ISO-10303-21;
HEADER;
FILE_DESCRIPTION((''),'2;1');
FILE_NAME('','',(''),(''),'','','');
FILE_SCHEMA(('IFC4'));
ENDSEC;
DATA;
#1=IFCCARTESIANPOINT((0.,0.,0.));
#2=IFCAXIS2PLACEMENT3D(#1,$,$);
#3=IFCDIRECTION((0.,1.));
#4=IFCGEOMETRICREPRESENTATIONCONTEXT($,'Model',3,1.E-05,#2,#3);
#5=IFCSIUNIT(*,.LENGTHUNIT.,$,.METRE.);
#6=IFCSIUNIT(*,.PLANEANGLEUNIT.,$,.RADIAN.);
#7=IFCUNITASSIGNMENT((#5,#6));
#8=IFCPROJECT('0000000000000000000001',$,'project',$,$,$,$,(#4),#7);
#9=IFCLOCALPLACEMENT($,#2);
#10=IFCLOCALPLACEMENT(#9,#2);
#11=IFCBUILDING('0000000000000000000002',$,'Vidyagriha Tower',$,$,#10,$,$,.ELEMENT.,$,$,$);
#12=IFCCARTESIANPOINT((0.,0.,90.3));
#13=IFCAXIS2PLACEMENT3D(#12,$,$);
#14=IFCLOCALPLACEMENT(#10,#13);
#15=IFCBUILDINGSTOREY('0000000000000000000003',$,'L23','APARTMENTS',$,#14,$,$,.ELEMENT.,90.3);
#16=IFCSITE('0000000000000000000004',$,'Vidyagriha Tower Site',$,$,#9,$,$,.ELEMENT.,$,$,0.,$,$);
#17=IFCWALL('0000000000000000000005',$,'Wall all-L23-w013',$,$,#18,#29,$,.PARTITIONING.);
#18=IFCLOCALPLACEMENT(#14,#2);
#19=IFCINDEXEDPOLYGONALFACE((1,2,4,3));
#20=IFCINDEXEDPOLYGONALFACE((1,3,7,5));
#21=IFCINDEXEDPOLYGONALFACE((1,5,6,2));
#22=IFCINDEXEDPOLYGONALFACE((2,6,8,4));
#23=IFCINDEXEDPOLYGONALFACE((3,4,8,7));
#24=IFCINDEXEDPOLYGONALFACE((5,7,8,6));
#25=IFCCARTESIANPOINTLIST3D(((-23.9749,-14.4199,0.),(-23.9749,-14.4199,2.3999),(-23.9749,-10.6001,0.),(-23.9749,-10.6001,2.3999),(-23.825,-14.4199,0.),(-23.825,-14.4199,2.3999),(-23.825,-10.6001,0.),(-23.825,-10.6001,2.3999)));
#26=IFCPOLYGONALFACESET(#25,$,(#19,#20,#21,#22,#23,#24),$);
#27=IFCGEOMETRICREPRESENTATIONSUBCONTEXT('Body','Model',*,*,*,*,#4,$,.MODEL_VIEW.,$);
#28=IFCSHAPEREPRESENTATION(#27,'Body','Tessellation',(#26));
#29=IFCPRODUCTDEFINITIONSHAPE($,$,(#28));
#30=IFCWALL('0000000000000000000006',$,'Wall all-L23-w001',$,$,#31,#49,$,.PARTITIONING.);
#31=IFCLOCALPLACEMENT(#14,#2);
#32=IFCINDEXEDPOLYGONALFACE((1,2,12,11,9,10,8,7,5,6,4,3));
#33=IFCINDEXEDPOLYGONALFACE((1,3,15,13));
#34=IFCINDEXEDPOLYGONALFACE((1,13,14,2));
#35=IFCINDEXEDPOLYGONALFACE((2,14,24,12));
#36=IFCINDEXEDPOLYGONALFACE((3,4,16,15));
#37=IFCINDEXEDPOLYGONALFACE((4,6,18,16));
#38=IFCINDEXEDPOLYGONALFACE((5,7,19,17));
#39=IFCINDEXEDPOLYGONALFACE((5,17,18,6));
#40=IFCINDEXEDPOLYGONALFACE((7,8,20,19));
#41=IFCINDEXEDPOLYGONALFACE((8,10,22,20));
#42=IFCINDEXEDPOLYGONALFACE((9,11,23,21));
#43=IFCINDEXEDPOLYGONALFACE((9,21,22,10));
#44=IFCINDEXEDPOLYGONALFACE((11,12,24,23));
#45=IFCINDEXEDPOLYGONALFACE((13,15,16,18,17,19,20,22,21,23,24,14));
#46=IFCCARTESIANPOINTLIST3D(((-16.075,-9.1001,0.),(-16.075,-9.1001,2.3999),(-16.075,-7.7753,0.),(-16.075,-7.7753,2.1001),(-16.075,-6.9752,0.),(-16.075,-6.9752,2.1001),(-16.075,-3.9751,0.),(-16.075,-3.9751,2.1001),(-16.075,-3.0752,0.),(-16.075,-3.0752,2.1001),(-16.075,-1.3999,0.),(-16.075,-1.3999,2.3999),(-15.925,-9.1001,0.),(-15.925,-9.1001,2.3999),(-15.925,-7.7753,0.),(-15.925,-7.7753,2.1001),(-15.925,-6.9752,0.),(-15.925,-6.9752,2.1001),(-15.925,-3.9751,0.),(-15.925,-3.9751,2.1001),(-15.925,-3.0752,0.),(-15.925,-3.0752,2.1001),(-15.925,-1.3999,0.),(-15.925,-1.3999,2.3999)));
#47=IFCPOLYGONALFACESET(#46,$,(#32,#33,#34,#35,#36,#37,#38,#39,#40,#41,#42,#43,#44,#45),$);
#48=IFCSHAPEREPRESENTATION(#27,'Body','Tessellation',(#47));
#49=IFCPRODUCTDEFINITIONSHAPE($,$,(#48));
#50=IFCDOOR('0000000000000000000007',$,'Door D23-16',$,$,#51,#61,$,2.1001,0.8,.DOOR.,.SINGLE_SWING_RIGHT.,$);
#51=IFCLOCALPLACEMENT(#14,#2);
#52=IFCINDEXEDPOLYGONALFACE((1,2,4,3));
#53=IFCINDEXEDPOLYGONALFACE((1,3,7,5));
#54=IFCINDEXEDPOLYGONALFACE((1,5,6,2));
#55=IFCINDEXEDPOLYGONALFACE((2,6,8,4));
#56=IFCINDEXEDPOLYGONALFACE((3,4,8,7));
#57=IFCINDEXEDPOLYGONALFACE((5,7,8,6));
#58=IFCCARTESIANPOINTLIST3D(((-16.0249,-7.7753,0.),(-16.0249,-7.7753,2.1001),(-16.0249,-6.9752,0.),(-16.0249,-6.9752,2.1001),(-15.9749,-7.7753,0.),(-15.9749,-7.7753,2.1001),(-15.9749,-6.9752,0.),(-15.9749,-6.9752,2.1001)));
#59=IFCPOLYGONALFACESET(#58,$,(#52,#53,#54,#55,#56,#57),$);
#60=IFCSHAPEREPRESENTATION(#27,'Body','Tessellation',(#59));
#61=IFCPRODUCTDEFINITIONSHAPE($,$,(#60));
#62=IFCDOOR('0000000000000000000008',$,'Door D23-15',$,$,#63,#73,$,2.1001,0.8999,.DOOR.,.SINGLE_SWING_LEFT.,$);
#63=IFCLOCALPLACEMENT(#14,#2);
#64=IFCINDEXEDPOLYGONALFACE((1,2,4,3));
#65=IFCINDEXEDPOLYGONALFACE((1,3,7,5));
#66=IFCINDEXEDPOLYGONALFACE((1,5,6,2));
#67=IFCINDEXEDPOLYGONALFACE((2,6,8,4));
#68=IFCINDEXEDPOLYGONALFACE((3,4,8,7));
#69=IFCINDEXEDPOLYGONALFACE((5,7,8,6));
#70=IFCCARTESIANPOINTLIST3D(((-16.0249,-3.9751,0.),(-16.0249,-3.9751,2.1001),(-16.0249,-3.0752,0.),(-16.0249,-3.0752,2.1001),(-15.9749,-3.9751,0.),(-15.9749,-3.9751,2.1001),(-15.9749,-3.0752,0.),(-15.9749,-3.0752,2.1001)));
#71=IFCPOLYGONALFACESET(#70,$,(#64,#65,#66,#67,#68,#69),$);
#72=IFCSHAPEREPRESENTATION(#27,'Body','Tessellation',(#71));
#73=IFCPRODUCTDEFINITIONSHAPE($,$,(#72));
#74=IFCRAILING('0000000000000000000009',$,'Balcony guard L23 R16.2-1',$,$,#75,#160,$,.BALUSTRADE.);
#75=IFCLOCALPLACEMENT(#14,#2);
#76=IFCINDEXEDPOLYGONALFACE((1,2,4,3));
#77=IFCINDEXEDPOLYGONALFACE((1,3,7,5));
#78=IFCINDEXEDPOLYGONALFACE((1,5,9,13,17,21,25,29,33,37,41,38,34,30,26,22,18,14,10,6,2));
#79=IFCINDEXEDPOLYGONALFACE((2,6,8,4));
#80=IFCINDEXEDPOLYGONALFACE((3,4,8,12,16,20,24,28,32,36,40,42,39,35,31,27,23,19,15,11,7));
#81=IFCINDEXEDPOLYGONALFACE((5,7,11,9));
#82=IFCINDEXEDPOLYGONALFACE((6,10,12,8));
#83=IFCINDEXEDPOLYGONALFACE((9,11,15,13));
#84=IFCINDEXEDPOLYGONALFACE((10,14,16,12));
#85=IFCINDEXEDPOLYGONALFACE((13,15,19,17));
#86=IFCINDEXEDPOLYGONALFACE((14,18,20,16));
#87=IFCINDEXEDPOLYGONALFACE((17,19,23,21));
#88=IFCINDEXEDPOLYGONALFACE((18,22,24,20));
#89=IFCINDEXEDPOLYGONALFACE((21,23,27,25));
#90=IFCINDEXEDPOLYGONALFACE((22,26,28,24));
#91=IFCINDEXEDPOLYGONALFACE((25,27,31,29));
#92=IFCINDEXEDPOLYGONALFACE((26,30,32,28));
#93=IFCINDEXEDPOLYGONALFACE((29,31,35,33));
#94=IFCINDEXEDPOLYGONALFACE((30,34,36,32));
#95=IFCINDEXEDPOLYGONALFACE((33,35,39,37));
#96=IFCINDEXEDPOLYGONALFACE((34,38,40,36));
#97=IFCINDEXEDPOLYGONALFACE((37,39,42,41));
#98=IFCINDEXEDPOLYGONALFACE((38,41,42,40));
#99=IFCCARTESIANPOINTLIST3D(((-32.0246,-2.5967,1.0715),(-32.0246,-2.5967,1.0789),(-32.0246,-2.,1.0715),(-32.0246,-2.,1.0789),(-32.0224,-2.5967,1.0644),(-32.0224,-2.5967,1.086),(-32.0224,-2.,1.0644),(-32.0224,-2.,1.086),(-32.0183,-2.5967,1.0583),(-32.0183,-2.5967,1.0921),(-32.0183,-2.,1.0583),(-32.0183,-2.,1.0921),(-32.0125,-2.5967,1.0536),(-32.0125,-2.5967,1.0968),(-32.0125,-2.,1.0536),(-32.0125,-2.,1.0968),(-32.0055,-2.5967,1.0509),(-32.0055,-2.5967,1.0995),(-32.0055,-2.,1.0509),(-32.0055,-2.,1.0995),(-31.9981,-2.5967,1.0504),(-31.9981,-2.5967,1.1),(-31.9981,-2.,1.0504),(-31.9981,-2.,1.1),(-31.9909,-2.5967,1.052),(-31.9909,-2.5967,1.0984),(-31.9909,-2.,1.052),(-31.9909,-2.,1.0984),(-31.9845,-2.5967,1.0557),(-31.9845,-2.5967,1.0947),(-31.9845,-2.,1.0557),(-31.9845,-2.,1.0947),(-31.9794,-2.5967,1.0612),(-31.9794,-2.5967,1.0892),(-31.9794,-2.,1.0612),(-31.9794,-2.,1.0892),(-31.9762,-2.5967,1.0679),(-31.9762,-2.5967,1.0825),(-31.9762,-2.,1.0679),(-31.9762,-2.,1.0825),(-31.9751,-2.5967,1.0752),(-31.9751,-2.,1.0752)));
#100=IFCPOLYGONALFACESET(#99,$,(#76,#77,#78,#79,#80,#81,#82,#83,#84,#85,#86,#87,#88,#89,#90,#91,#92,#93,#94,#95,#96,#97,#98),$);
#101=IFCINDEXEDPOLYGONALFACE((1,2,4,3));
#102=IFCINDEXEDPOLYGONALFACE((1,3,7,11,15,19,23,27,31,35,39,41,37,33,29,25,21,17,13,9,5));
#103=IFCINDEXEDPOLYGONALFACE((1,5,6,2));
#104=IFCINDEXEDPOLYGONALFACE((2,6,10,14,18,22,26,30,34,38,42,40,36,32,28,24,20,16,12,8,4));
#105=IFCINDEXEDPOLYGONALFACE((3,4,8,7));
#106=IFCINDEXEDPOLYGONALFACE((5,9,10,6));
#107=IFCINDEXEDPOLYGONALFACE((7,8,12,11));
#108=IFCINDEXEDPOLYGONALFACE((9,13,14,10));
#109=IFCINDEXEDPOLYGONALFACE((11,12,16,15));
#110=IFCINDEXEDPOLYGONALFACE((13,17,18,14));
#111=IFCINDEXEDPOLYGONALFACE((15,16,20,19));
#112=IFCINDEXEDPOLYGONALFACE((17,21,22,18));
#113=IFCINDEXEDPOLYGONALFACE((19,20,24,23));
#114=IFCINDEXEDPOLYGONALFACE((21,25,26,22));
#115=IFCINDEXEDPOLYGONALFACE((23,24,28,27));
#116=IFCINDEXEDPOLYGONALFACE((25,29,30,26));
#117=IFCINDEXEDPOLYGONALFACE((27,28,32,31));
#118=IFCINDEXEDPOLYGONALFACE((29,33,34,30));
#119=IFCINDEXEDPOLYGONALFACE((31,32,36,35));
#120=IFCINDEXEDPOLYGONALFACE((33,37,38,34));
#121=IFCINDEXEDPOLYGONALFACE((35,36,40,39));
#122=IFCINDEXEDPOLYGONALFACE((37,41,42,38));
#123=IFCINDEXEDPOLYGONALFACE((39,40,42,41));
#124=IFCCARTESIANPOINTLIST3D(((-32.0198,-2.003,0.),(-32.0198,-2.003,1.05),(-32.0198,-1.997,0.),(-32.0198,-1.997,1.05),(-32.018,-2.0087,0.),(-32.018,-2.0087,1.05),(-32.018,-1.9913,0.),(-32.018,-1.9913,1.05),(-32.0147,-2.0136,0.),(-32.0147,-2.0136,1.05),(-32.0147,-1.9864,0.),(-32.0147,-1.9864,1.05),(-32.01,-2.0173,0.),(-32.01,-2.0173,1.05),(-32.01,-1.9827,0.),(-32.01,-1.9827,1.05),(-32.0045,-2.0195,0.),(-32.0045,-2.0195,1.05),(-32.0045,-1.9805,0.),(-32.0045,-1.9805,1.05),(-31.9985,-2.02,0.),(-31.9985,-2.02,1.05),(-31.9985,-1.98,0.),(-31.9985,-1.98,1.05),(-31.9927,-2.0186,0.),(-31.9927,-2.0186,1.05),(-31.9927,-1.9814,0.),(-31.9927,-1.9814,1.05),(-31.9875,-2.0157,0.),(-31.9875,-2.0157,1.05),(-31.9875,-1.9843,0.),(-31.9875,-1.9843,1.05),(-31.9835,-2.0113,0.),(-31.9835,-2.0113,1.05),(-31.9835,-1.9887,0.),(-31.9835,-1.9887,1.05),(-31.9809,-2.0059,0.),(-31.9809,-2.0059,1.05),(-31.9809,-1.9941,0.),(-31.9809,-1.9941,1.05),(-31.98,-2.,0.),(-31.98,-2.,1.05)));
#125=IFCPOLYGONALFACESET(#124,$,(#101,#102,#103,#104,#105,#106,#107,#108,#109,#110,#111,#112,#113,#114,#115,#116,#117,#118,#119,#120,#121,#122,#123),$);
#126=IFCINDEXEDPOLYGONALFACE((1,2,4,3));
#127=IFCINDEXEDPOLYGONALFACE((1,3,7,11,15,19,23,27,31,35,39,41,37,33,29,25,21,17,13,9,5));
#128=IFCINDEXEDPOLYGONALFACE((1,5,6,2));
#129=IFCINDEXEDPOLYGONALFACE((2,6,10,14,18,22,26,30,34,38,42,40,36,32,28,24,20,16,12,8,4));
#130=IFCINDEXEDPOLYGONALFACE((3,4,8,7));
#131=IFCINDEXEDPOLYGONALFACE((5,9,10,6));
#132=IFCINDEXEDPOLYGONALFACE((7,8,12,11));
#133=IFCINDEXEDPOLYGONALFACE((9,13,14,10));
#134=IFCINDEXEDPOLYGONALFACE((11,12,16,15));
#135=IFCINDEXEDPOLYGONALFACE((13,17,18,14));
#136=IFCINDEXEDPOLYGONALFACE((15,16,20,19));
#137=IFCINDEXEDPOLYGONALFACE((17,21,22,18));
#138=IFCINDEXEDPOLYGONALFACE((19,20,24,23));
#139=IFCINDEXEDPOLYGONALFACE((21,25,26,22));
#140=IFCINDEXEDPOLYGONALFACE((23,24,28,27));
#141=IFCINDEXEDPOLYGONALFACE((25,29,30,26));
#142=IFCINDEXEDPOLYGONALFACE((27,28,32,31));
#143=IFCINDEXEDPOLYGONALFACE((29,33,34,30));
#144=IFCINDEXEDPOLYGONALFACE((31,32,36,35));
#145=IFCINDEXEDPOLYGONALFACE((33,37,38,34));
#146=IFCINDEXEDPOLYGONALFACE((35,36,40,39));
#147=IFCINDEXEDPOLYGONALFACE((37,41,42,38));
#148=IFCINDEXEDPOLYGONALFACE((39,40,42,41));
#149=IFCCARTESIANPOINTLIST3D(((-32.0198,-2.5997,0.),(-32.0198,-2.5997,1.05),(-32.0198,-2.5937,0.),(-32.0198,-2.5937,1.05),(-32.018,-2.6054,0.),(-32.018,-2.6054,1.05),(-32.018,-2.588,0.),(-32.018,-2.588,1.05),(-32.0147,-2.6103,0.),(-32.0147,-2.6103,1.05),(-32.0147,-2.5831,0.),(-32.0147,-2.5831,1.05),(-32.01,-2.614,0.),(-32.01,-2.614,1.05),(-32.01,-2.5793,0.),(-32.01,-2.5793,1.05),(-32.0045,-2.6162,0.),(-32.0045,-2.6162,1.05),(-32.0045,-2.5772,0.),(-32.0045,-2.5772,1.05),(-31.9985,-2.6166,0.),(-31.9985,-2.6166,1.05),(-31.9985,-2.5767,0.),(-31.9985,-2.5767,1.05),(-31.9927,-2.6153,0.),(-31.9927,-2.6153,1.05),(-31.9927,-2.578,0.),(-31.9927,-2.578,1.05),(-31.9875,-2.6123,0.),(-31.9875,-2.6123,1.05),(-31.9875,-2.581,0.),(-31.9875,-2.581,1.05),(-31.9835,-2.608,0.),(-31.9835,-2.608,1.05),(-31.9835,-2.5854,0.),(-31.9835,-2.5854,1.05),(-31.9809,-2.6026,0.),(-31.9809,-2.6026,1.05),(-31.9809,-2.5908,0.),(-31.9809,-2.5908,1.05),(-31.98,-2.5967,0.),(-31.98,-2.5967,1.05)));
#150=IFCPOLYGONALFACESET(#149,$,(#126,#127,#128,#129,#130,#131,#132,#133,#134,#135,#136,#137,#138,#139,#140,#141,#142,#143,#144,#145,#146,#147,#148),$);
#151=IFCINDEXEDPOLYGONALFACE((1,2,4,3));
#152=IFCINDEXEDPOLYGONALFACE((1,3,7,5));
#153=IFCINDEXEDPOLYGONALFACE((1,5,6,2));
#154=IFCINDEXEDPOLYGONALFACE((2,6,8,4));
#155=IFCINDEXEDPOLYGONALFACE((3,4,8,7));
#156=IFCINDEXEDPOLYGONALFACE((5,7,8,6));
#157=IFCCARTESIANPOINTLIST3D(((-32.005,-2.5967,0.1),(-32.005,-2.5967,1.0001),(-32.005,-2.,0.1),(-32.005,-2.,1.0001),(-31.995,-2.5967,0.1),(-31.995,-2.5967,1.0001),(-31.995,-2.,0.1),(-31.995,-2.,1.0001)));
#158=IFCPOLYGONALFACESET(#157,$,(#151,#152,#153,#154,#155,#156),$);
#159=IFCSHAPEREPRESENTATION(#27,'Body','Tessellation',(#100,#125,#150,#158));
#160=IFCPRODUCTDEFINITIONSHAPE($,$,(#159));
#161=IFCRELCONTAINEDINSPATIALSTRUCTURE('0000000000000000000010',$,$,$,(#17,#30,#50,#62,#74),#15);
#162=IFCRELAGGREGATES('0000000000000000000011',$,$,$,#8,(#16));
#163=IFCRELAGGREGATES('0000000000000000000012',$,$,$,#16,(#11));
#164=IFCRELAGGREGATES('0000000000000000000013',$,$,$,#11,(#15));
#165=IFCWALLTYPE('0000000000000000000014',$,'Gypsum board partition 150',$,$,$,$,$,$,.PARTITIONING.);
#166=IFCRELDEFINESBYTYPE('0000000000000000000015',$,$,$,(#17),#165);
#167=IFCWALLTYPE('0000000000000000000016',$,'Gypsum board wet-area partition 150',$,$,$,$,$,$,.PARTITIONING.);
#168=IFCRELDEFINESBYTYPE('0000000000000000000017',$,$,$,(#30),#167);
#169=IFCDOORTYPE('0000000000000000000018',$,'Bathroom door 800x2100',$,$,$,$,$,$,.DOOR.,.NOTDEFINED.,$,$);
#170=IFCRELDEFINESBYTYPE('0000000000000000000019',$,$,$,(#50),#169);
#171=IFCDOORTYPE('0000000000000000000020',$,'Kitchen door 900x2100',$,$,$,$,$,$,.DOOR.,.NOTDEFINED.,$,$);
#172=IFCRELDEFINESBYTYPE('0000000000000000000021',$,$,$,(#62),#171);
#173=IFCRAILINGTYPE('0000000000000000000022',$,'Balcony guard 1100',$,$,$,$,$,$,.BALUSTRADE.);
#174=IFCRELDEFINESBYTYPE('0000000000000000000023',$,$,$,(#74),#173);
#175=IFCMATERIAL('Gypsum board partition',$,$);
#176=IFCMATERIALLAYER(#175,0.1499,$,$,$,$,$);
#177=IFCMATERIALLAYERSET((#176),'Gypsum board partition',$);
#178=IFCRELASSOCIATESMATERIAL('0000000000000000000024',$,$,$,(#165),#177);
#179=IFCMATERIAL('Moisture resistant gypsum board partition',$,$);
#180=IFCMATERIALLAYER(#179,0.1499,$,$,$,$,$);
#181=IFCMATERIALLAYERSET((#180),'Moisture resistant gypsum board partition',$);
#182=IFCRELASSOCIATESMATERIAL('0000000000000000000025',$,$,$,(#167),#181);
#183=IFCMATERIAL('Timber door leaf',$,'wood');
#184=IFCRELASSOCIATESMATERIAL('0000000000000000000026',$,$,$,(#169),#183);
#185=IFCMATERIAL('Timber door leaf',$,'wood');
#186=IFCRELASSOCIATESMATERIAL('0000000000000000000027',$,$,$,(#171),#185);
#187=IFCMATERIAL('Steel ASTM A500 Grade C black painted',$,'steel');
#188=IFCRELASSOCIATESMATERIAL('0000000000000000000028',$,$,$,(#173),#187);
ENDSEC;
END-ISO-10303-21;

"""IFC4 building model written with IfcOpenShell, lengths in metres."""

from ifc_helpers import new_model, si_unit, direction, frame, frame_2d, origin, origin_2d, place, context, subcontext, project, spatial, rectangle, circle, extrude, material, layer, layer_set, type_object, element, fill, save


model = new_model("IFC4")

# Units and contexts
model_context = context("Model", 3, precision=1e-05, world=origin(), true_north=direction((0.0, 1.0)))
body_context = subcontext(model_context, "Body", "Model", "MODEL_VIEW")
ifc_project = project(units=[si_unit("LENGTHUNIT", "METRE"), si_unit("PLANEANGLEUNIT", "RADIAN")], contexts=[model_context])

# Site, building, storey
site_placement = place(None, origin())
site = spatial("IfcSite", under=ifc_project, at=site_placement, Name="Vidyagriha Tower Site", CompositionType="ELEMENT", RefElevation=0.0)
building_placement = place(site_placement, origin())
building = spatial("IfcBuilding", under=site, at=building_placement, Name="Vidyagriha Tower", CompositionType="ELEMENT")
storey_placement = place(building_placement, frame((0.0, 0.0, 90.3)))
storey = spatial("IfcBuildingStorey", under=building, at=storey_placement, Name="L23", Description="APARTMENTS", CompositionType="ELEMENT", Elevation=90.3)

# Shared definitions
ifc_material_1 = material(Name="Gypsum board partition")
ifc_layer_1 = layer(ifc_material_1, 0.1499)
ifc_layer_set_1 = layer_set([ifc_layer_1], Name="Gypsum board partition")
wall_type_1 = type_object("IfcWallType", Name="Gypsum board partition 150", PredefinedType="PARTITIONING", material=ifc_layer_set_1)

# Wall
wall_1_placement = place(storey_placement, frame((-23.8999, -10.6001, 0.0), z_axis=(0.0, 0.0, 1.0), x_axis=(0.0, -1.0, 0.0)))
element("IfcWall", 1, at=wall_1_placement, inside=storey, type_object=wall_type_1, Name="Wall all-L23-w013", PredefinedType="PARTITIONING", context=body_context, shape_type="SweptSolid", body=[
    extrude(rectangle(XDim=3.8198, YDim=0.1499, at=frame_2d((1.9099, 0.0))), origin(), (0.0, 0.0, 1.0), 2.3999),
])

# Wall, openings, doors
ifc_material_2 = material(Name="Moisture resistant gypsum board partition")
ifc_layer_2 = layer(ifc_material_2, 0.1499)
ifc_layer_set_2 = layer_set([ifc_layer_2], Name="Moisture resistant gypsum board partition")
wall_type_2 = type_object("IfcWallType", Name="Gypsum board wet-area partition 150", PredefinedType="PARTITIONING", material=ifc_layer_set_2)
wall_2_placement = place(storey_placement, frame((-16.0, -9.1001, 0.0), z_axis=(0.0, 0.0, 1.0), x_axis=(0.0, 1.0, 0.0)))
wall_2 = element("IfcWall", 2, at=wall_2_placement, inside=storey, type_object=wall_type_2, Name="Wall all-L23-w001", PredefinedType="PARTITIONING", context=body_context, shape_type="SweptSolid", body=[
    extrude(rectangle(XDim=7.7002, YDim=0.1499, at=frame_2d((3.8501, 0.0))), origin(), (0.0, 0.0, 1.0), 2.3999),
])
opening_1_placement = place(wall_2_placement, frame((5.125, 0.0, 0.0)))
opening_1 = element("IfcOpeningElement", 3, at=opening_1_placement, cuts=wall_2, PredefinedType="OPENING", context=body_context, shape_type="SweptSolid", body=[
    extrude(rectangle(XDim=0.8999, YDim=2.1001, at=frame_2d((0.45, 1.05))), frame((0.0, 0.085, 0.0), z_axis=(0.0, -1.0, 0.0), x_axis=(1.0, 0.0, 0.0)), (0.0, 0.0, 1.0), 0.1699),
])
opening_2_placement = place(wall_2_placement, frame((1.325, 0.0, 0.0)))
opening_2 = element("IfcOpeningElement", 4, at=opening_2_placement, cuts=wall_2, PredefinedType="OPENING", context=body_context, shape_type="SweptSolid", body=[
    extrude(rectangle(XDim=0.8, YDim=2.1001, at=frame_2d((0.3999, 1.05))), frame((0.0, 0.085, 0.0), z_axis=(0.0, -1.0, 0.0), x_axis=(1.0, 0.0, 0.0)), (0.0, 0.0, 1.0), 0.1699),
])
ifc_material_3 = material(Name="Timber door leaf", Category="wood")
door_type_1 = type_object("IfcDoorType", Name="Bathroom door 800x2100", OperationType="NOTDEFINED", PredefinedType="DOOR", material=ifc_material_3)
door_1_placement = place(opening_2_placement, origin())
door_1 = element("IfcDoor", 5, at=door_1_placement, inside=storey, type_object=door_type_1, Name="Door D23-16", OperationType="SINGLE_SWING_RIGHT", OverallHeight=2.1001, OverallWidth=0.8, PredefinedType="DOOR", context=body_context, shape_type="SweptSolid", body=[
    extrude(rectangle(XDim=0.8, YDim=2.1001, at=frame_2d((0.3999, 1.05))), frame((0.0, 0.0249, 0.0), z_axis=(0.0, -1.0, 0.0), x_axis=(1.0, 0.0, 0.0)), (0.0, 0.0, 1.0), 0.05),
])
fill(opening_2, door_1)
ifc_material_4 = material(Name="Timber door leaf", Category="wood")
door_type_2 = type_object("IfcDoorType", Name="Kitchen door 900x2100", OperationType="NOTDEFINED", PredefinedType="DOOR", material=ifc_material_4)
door_2_placement = place(opening_1_placement, origin())
door_2 = element("IfcDoor", 6, at=door_2_placement, inside=storey, type_object=door_type_2, Name="Door D23-15", OperationType="SINGLE_SWING_LEFT", OverallHeight=2.1001, OverallWidth=0.8999, PredefinedType="DOOR", context=body_context, shape_type="SweptSolid", body=[
    extrude(rectangle(XDim=0.8999, YDim=2.1001, at=frame_2d((0.45, 1.05))), frame((0.0, 0.0249, 0.0), z_axis=(0.0, -1.0, 0.0), x_axis=(1.0, 0.0, 0.0)), (0.0, 0.0, 1.0), 0.05),
])
fill(opening_1, door_2)

# Railing
ifc_material_5 = material(Name="Steel ASTM A500 Grade C black painted", Category="steel")
railing_type_1 = type_object("IfcRailingType", Name="Balcony guard 1100", PredefinedType="BALUSTRADE", material=ifc_material_5)
railing_1_placement = place(storey_placement, frame((-32.0, -2.0, 0.0)))
element("IfcRailing", 7, at=railing_1_placement, inside=storey, type_object=railing_type_1, Name="Balcony guard L23 R16.2-1", PredefinedType="BALUSTRADE", context=body_context, shape_type="SweptSolid", body=[
    extrude(circle(Radius=0.0249, at=origin_2d()), frame((0.0, 0.0, 1.0752), z_axis=(0.0, -1.0, 0.0), x_axis=(1.0, 0.0, 0.0)), (0.0, 0.0, 1.0), 0.5967),
    extrude(circle(Radius=0.02, at=origin_2d()), origin(), (0.0, 0.0, 1.0), 1.05),
    extrude(circle(Radius=0.02, at=origin_2d()), frame((0.0, -0.5967, 0.0)), (0.0, 0.0, 1.0), 1.05),
    extrude(rectangle(XDim=0.01, YDim=0.9001, at=origin_2d()), frame((0.0, 0.0, 0.55), z_axis=(0.0, -1.0, 0.0), x_axis=(1.0, 0.0, 0.0)), (0.0, 0.0, 1.0), 0.5967),
])

save(model, "model.ifc")
